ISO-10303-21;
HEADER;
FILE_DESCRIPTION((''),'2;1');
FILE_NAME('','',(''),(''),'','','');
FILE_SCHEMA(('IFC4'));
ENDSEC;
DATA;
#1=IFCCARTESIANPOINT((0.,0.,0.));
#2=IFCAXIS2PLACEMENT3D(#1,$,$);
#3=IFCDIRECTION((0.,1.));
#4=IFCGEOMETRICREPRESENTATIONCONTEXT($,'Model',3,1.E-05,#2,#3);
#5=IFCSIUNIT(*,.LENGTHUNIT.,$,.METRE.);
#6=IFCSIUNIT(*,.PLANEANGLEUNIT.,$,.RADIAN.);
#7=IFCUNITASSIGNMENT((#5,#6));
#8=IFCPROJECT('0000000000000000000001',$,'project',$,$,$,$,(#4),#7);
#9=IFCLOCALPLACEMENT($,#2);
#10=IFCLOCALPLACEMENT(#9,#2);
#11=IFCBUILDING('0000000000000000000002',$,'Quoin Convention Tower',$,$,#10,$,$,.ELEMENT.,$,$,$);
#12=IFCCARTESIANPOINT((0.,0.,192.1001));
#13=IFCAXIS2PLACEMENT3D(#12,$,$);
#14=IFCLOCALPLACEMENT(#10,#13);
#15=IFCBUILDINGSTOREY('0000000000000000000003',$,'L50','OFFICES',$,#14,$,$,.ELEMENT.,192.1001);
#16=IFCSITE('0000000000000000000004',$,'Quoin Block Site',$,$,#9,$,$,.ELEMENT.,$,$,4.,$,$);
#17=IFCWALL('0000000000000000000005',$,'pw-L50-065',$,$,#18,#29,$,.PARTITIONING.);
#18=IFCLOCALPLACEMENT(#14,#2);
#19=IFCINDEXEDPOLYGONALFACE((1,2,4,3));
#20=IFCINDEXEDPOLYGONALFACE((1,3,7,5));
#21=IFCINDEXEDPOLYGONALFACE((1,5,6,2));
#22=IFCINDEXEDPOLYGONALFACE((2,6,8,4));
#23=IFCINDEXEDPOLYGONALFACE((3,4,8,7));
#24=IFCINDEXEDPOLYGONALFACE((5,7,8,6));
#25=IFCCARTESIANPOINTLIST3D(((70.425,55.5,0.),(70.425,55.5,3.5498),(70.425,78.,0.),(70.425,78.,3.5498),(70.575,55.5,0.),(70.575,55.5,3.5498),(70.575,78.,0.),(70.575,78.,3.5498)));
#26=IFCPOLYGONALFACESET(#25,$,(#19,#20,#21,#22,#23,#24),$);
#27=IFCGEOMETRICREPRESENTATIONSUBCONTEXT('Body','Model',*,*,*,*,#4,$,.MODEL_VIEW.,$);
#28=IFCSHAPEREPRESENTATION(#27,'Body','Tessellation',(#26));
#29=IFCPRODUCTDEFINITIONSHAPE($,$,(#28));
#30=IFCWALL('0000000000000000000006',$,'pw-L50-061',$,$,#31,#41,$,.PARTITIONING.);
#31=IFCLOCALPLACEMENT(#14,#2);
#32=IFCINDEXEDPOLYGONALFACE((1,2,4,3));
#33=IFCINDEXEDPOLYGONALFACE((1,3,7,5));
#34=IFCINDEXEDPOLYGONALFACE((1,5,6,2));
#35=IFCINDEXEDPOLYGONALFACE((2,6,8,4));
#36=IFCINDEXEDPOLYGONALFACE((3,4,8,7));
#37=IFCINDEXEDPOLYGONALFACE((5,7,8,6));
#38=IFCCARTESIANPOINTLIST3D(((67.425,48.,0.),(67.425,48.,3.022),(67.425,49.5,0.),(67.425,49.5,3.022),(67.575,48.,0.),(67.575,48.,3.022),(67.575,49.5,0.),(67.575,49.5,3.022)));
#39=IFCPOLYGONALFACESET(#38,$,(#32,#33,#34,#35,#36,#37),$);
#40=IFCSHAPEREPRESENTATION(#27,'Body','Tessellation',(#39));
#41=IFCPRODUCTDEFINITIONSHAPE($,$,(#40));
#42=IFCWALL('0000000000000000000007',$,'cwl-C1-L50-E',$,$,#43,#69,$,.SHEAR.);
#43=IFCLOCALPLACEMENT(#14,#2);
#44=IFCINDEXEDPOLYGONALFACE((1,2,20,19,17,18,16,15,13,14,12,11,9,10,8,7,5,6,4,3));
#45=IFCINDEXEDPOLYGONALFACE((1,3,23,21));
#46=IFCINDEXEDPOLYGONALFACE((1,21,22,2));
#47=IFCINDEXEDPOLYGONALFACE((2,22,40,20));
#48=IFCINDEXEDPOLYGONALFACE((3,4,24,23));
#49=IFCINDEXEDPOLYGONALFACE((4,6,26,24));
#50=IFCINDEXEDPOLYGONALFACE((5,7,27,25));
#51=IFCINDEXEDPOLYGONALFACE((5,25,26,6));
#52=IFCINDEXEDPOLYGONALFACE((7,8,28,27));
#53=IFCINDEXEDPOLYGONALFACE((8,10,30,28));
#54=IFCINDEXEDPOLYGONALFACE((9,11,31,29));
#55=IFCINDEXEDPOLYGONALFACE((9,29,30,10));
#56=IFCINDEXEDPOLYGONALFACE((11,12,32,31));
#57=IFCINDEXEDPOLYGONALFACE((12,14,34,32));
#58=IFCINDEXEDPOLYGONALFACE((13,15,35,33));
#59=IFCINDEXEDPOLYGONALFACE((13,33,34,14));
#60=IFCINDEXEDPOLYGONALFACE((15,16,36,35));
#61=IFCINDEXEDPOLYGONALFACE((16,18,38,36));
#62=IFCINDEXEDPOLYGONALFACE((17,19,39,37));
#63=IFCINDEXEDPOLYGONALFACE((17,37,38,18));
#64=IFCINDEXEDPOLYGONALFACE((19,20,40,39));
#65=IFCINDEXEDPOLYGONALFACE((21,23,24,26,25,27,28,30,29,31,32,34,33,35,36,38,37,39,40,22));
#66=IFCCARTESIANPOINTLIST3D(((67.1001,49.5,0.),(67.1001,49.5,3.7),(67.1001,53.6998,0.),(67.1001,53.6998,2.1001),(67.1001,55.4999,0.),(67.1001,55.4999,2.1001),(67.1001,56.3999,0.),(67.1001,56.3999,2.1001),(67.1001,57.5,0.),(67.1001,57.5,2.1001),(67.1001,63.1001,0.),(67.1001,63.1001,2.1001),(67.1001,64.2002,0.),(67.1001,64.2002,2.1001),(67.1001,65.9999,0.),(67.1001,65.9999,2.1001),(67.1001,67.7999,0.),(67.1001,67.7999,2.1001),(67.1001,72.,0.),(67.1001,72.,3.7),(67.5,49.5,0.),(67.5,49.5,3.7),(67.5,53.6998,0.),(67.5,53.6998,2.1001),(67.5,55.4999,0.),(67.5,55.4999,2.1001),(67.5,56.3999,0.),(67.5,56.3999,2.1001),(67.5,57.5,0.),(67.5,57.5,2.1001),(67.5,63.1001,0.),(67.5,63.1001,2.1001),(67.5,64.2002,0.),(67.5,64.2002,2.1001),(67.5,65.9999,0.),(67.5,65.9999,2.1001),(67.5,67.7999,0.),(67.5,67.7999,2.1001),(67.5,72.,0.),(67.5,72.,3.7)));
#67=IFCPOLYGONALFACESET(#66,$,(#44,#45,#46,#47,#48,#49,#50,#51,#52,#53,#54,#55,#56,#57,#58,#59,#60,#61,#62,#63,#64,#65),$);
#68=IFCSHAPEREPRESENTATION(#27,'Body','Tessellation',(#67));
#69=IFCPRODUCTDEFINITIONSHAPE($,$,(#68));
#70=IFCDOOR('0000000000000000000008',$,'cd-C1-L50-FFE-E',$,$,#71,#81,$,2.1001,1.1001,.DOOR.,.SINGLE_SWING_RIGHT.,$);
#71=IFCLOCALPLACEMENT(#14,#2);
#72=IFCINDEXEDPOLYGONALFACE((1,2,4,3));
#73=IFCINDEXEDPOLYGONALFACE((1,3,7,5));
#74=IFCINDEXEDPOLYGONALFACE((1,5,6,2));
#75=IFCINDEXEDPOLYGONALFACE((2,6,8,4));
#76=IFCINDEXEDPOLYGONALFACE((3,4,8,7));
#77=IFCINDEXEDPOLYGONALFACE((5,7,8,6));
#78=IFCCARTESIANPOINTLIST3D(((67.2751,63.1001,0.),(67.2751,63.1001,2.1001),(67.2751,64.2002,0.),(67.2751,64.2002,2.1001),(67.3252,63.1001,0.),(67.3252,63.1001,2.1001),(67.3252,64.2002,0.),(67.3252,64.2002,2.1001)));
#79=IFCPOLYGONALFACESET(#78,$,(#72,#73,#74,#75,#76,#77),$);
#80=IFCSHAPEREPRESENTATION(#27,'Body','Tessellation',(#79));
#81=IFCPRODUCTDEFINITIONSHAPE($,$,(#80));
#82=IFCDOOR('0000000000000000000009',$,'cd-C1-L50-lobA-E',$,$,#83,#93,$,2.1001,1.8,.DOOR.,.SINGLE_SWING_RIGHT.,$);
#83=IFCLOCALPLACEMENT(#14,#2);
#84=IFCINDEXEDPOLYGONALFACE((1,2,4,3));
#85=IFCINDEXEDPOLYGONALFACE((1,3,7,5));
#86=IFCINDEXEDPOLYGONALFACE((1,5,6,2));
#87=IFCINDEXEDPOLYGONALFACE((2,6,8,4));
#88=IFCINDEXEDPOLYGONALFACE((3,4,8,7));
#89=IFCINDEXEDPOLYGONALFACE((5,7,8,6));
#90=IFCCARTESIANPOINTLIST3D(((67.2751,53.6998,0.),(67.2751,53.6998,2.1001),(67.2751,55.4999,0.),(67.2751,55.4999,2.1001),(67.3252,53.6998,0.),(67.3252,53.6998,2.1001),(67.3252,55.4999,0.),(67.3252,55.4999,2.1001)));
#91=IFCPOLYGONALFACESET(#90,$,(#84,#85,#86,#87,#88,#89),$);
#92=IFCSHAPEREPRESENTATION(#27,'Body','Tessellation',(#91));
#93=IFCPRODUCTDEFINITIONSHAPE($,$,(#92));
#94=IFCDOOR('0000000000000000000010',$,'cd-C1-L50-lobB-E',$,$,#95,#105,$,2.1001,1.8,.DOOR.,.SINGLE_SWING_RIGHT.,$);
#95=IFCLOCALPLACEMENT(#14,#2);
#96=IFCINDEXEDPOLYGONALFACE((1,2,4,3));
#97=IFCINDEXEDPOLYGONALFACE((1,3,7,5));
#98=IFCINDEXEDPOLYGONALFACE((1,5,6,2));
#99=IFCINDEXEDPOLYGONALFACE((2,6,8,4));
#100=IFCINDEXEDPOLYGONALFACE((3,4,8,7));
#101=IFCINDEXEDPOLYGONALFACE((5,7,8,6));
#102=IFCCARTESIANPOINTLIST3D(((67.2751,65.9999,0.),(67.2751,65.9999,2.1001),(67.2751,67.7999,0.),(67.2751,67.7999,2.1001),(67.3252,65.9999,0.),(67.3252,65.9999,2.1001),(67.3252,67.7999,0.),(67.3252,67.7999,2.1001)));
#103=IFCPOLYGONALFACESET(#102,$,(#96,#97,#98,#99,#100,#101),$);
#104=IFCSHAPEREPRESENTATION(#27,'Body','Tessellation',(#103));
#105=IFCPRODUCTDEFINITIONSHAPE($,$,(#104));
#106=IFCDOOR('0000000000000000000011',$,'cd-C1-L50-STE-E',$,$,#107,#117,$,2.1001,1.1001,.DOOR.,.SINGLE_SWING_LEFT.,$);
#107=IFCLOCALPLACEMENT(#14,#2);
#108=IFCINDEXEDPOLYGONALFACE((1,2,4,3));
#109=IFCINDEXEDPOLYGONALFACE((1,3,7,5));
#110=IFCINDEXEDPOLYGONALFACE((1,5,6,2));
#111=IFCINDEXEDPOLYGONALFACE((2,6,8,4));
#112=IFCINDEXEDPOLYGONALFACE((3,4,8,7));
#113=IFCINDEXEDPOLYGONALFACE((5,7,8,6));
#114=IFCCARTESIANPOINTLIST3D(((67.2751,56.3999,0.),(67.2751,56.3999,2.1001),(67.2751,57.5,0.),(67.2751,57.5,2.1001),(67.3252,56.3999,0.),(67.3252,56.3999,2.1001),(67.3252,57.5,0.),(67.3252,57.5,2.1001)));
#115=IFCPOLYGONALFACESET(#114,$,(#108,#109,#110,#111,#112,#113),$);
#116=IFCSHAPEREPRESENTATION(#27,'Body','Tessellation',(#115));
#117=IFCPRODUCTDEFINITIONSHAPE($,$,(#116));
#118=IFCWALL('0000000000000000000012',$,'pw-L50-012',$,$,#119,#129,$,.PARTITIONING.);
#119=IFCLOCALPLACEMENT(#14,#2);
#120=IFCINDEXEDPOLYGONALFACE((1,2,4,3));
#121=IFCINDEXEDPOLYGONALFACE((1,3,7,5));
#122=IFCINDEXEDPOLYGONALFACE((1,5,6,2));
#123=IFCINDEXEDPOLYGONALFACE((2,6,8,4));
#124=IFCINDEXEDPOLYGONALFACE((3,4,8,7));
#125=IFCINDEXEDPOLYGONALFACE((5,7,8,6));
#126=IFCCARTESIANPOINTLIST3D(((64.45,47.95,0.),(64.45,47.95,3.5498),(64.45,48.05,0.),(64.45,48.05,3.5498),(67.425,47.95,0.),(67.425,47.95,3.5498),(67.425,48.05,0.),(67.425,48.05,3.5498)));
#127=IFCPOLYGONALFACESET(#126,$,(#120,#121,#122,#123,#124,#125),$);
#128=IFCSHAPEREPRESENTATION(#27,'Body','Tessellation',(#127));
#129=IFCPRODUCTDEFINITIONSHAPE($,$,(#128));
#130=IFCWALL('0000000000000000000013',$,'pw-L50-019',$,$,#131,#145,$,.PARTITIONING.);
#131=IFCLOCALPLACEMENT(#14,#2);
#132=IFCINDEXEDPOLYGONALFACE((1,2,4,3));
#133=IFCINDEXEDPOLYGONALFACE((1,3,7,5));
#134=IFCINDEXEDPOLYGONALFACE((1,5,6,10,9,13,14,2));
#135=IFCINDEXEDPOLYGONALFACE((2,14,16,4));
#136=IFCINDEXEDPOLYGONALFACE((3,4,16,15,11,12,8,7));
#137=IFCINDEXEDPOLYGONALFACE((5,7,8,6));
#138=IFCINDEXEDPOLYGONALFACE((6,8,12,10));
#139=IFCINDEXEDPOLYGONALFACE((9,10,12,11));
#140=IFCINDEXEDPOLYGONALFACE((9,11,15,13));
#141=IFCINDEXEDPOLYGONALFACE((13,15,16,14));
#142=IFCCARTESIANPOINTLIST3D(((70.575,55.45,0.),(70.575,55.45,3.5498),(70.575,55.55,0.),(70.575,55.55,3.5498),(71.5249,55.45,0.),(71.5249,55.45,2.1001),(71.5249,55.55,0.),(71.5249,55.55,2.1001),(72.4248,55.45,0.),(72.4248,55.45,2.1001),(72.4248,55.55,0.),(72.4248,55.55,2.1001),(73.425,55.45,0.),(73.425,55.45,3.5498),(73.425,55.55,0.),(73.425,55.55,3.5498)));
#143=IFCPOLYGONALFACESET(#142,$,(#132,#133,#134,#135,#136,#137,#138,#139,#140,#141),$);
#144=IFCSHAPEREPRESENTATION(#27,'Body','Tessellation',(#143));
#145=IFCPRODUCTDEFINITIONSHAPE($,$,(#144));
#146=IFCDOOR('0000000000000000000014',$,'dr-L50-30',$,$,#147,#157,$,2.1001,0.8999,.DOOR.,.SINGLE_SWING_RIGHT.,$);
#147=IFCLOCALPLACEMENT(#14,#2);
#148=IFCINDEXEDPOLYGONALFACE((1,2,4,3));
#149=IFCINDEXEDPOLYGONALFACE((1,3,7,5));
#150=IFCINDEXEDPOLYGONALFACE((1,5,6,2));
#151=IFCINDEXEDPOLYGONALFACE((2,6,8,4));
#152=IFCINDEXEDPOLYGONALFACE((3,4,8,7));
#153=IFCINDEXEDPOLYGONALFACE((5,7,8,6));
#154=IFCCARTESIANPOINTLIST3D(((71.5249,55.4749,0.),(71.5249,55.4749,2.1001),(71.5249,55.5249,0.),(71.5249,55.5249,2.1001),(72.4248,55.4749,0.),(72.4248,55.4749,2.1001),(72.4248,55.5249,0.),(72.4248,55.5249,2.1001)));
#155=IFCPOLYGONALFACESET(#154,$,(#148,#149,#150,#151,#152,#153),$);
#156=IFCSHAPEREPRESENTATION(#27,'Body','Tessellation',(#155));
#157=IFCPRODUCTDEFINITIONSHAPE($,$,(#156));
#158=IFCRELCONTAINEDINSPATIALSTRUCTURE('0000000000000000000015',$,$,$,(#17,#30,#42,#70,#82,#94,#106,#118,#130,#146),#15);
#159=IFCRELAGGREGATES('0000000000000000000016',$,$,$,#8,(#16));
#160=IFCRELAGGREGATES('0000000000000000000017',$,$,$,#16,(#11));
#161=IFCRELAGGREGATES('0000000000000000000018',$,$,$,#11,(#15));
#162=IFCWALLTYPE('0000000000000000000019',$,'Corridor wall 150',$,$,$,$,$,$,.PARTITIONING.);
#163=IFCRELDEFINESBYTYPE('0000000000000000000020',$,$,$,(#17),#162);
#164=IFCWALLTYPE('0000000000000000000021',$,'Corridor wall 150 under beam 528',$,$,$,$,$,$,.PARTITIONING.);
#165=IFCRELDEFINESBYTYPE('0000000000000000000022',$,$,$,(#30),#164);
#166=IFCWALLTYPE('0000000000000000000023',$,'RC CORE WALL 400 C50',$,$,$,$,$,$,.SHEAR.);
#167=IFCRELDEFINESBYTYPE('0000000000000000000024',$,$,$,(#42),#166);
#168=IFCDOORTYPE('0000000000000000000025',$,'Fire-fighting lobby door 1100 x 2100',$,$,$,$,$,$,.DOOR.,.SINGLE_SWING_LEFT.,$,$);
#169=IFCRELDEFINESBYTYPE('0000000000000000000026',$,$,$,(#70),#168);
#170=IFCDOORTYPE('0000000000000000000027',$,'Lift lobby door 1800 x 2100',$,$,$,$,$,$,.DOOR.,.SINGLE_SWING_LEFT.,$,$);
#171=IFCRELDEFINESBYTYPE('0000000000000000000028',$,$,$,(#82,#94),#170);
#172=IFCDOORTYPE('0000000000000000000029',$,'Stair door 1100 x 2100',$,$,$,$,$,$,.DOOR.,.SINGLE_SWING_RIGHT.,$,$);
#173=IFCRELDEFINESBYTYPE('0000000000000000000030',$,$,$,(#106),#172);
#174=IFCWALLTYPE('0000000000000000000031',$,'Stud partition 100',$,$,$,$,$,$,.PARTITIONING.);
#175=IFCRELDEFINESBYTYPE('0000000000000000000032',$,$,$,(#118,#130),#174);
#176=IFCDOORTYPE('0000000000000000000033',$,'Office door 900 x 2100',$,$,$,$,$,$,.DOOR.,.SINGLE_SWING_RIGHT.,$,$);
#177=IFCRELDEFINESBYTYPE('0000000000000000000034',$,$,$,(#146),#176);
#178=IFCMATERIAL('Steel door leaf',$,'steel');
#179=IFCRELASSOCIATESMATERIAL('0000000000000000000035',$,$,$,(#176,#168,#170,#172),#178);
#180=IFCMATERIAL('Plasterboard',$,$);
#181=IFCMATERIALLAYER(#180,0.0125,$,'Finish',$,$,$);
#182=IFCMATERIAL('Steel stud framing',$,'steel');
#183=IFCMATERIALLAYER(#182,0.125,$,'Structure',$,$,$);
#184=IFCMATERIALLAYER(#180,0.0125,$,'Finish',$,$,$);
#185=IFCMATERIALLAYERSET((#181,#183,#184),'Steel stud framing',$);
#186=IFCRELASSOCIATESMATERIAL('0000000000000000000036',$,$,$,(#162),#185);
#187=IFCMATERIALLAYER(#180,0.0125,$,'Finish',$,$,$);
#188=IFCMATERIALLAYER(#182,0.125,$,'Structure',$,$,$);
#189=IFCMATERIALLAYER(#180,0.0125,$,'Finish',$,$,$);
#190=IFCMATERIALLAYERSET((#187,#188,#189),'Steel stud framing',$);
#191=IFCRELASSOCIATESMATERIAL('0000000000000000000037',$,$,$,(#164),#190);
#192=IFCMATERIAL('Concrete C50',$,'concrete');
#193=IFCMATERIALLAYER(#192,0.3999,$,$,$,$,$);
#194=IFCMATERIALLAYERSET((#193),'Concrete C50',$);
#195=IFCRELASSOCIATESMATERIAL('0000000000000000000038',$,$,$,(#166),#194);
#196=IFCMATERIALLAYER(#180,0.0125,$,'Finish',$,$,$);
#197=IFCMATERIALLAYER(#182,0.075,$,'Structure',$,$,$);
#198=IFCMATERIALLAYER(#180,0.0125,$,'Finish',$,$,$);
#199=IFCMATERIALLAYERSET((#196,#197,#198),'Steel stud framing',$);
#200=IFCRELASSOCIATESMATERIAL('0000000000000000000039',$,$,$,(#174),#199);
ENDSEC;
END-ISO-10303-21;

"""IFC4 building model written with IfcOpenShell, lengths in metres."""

from ifc_helpers import new_model, si_unit, direction, frame, frame_2d, origin, place, context, subcontext, project, spatial, rectangle, extrude, material, layer, layer_set, type_object, element, fill, save


model = new_model("IFC4")

# Units and contexts
model_context = context("Model", 3, precision=1e-05, world=origin(), true_north=direction((0.0, 1.0)))
body_context = subcontext(model_context, "Body", "Model", "MODEL_VIEW")
ifc_project = project(units=[si_unit("LENGTHUNIT", "METRE"), si_unit("PLANEANGLEUNIT", "RADIAN")], contexts=[model_context])

# Site, building, storey
site_placement = place(None, origin())
site = spatial("IfcSite", under=ifc_project, at=site_placement, Name="Quoin Block Site", CompositionType="ELEMENT", RefElevation=4.0)
building_placement = place(site_placement, origin())
building = spatial("IfcBuilding", under=site, at=building_placement, Name="Quoin Convention Tower", CompositionType="ELEMENT")
storey_placement = place(building_placement, frame((0.0, 0.0, 192.1001)))
storey = spatial("IfcBuildingStorey", under=building, at=storey_placement, Name="L50", Description="OFFICES", CompositionType="ELEMENT", Elevation=192.1001)

# Shared definitions
ifc_material_1 = material(Name="Concrete C50", Category="concrete")

# Shared definitions
ifc_material_2 = material(Name="Plasterboard")
ifc_material_3 = material(Name="Steel stud framing", Category="steel")
ifc_material_4 = material(Name="Steel door leaf", Category="steel")
door_type_1 = type_object("IfcDoorType", Name="Office door 900 x 2100", OperationType="SINGLE_SWING_RIGHT", PredefinedType="DOOR", material=ifc_material_4)

# Shared definitions
ifc_layer_1 = layer(ifc_material_2, 0.0125, Name="Finish")
ifc_layer_2 = layer(ifc_material_3, 0.125, Name="Structure")
ifc_layer_3 = layer(ifc_material_2, 0.0125, Name="Finish")
ifc_layer_set_1 = layer_set([ifc_layer_1, ifc_layer_2, ifc_layer_3], Name="Steel stud framing")
wall_type_1 = type_object("IfcWallType", Name="Corridor wall 150", PredefinedType="PARTITIONING", material=ifc_layer_set_1)

# Walls
wall_1_placement = place(storey_placement, frame((70.5, 55.5, 0.0), z_axis=(0.0, 0.0, 1.0), x_axis=(0.0, 1.0, 0.0)))
element("IfcWall", 1, at=wall_1_placement, inside=storey, type_object=wall_type_1, Name="pw-L50-065", PredefinedType="PARTITIONING", context=body_context, shape_type="SweptSolid", body=[
    extrude(rectangle(XDim=22.5, YDim=0.1499, at=frame_2d((11.25, 0.0))), origin(), (0.0, 0.0, 1.0), 3.5498),
])
ifc_layer_4 = layer(ifc_material_2, 0.0125, Name="Finish")
ifc_layer_5 = layer(ifc_material_3, 0.125, Name="Structure")
ifc_layer_6 = layer(ifc_material_2, 0.0125, Name="Finish")
ifc_layer_set_2 = layer_set([ifc_layer_4, ifc_layer_5, ifc_layer_6], Name="Steel stud framing")
wall_type_2 = type_object("IfcWallType", Name="Corridor wall 150 under beam 528", PredefinedType="PARTITIONING", material=ifc_layer_set_2)
wall_2_placement = place(storey_placement, frame((67.5, 48.0, 0.0), z_axis=(0.0, 0.0, 1.0), x_axis=(0.0, 1.0, 0.0)))
element("IfcWall", 2, at=wall_2_placement, inside=storey, type_object=wall_type_2, Name="pw-L50-061", PredefinedType="PARTITIONING", context=body_context, shape_type="SweptSolid", body=[
    extrude(rectangle(XDim=1.5, YDim=0.1499, at=frame_2d((0.75, 0.0))), origin(), (0.0, 0.0, 1.0), 3.022),
])

# Wall, openings, doors
ifc_layer_7 = layer(ifc_material_1, 0.3999)
ifc_layer_set_3 = layer_set([ifc_layer_7], Name="Concrete C50")
wall_type_3 = type_object("IfcWallType", Name="RC CORE WALL 400 C50", PredefinedType="SHEAR", material=ifc_layer_set_3)
wall_3_placement = place(storey_placement, frame((67.3, 49.5, 0.0), z_axis=(0.0, 0.0, 1.0), x_axis=(0.0, 1.0, 0.0)))
wall_3 = element("IfcWall", 3, at=wall_3_placement, inside=storey, type_object=wall_type_3, Name="cwl-C1-L50-E", PredefinedType="SHEAR", context=body_context, shape_type="SweptSolid", body=[
    extrude(rectangle(XDim=22.5, YDim=0.3999, at=frame_2d((11.25, 0.0))), origin(), (0.0, 0.0, 1.0), 3.7),
])
opening_1_placement = place(wall_3_placement, frame((4.2, 0.0, 0.0)))
opening_1 = element("IfcOpeningElement", 4, at=opening_1_placement, cuts=wall_3, PredefinedType="OPENING", context=body_context, shape_type="SweptSolid", body=[
    extrude(rectangle(XDim=1.8, YDim=2.1001, at=frame_2d((0.8999, 1.05))), frame((0.0, 0.21, 0.0), z_axis=(0.0, -1.0, 0.0), x_axis=(1.0, 0.0, 0.0)), (0.0, 0.0, 1.0), 0.4199),
])
opening_2_placement = place(wall_3_placement, frame((6.8999, 0.0, 0.0)))
opening_2 = element("IfcOpeningElement", 5, at=opening_2_placement, cuts=wall_3, PredefinedType="OPENING", context=body_context, shape_type="SweptSolid", body=[
    extrude(rectangle(XDim=1.1001, YDim=2.1001, at=frame_2d((0.55, 1.05))), frame((0.0, 0.21, 0.0), z_axis=(0.0, -1.0, 0.0), x_axis=(1.0, 0.0, 0.0)), (0.0, 0.0, 1.0), 0.4199),
])
opening_3_placement = place(wall_3_placement, frame((13.6001, 0.0, 0.0)))
opening_3 = element("IfcOpeningElement", 6, at=opening_3_placement, cuts=wall_3, PredefinedType="OPENING", context=body_context, shape_type="SweptSolid", body=[
    extrude(rectangle(XDim=1.1001, YDim=2.1001, at=frame_2d((0.55, 1.05))), frame((0.0, 0.21, 0.0), z_axis=(0.0, -1.0, 0.0), x_axis=(1.0, 0.0, 0.0)), (0.0, 0.0, 1.0), 0.4199),
])
opening_4_placement = place(wall_3_placement, frame((16.5, 0.0, 0.0)))
opening_4 = element("IfcOpeningElement", 7, at=opening_4_placement, cuts=wall_3, PredefinedType="OPENING", context=body_context, shape_type="SweptSolid", body=[
    extrude(rectangle(XDim=1.8, YDim=2.1001, at=frame_2d((0.8999, 1.05))), frame((0.0, 0.21, 0.0), z_axis=(0.0, -1.0, 0.0), x_axis=(1.0, 0.0, 0.0)), (0.0, 0.0, 1.0), 0.4199),
])
door_type_2 = type_object("IfcDoorType", Name="Fire-fighting lobby door 1100 x 2100", OperationType="SINGLE_SWING_LEFT", PredefinedType="DOOR", material=ifc_material_4)
door_1_placement = place(opening_3_placement, origin())
door_1 = element("IfcDoor", 8, at=door_1_placement, inside=storey, type_object=door_type_2, Name="cd-C1-L50-FFE-E", OperationType="SINGLE_SWING_RIGHT", OverallHeight=2.1001, OverallWidth=1.1001, PredefinedType="DOOR", context=body_context, shape_type="SweptSolid", body=[
    extrude(rectangle(XDim=1.1001, YDim=2.1001, at=frame_2d((0.55, 1.05))), frame((0.0, 0.0249, 0.0), z_axis=(0.0, -1.0, 0.0), x_axis=(1.0, 0.0, 0.0)), (0.0, 0.0, 1.0), 0.05),
])
fill(opening_3, door_1)
door_type_3 = type_object("IfcDoorType", Name="Lift lobby door 1800 x 2100", OperationType="SINGLE_SWING_LEFT", PredefinedType="DOOR", material=ifc_material_4)
door_2_placement = place(opening_1_placement, origin())
door_2 = element("IfcDoor", 9, at=door_2_placement, inside=storey, type_object=door_type_3, Name="cd-C1-L50-lobA-E", OperationType="SINGLE_SWING_RIGHT", OverallHeight=2.1001, OverallWidth=1.8, PredefinedType="DOOR", context=body_context, shape_type="SweptSolid", body=[
    extrude(rectangle(XDim=1.8, YDim=2.1001, at=frame_2d((0.8999, 1.05))), frame((0.0, 0.0249, 0.0), z_axis=(0.0, -1.0, 0.0), x_axis=(1.0, 0.0, 0.0)), (0.0, 0.0, 1.0), 0.05),
])
fill(opening_1, door_2)
door_3_placement = place(opening_4_placement, origin())
door_3 = element("IfcDoor", 10, at=door_3_placement, inside=storey, type_object=door_type_3, Name="cd-C1-L50-lobB-E", OperationType="SINGLE_SWING_RIGHT", OverallHeight=2.1001, OverallWidth=1.8, PredefinedType="DOOR", context=body_context, shape_type="SweptSolid", body=[
    extrude(rectangle(XDim=1.8, YDim=2.1001, at=frame_2d((0.8999, 1.05))), frame((0.0, 0.0249, 0.0), z_axis=(0.0, -1.0, 0.0), x_axis=(1.0, 0.0, 0.0)), (0.0, 0.0, 1.0), 0.05),
])
fill(opening_4, door_3)
door_type_4 = type_object("IfcDoorType", Name="Stair door 1100 x 2100", OperationType="SINGLE_SWING_RIGHT", PredefinedType="DOOR", material=ifc_material_4)
door_4_placement = place(opening_2_placement, origin())
door_4 = element("IfcDoor", 11, at=door_4_placement, inside=storey, type_object=door_type_4, Name="cd-C1-L50-STE-E", OperationType="SINGLE_SWING_LEFT", OverallHeight=2.1001, OverallWidth=1.1001, PredefinedType="DOOR", context=body_context, shape_type="SweptSolid", body=[
    extrude(rectangle(XDim=1.1001, YDim=2.1001, at=frame_2d((0.55, 1.05))), frame((0.0, 0.0249, 0.0), z_axis=(0.0, -1.0, 0.0), x_axis=(1.0, 0.0, 0.0)), (0.0, 0.0, 1.0), 0.05),
])
fill(opening_2, door_4)

# Wall
ifc_layer_8 = layer(ifc_material_2, 0.0125, Name="Finish")
ifc_layer_9 = layer(ifc_material_3, 0.075, Name="Structure")
ifc_layer_10 = layer(ifc_material_2, 0.0125, Name="Finish")
ifc_layer_set_4 = layer_set([ifc_layer_8, ifc_layer_9, ifc_layer_10], Name="Steel stud framing")
wall_type_4 = type_object("IfcWallType", Name="Stud partition 100", PredefinedType="PARTITIONING", material=ifc_layer_set_4)
wall_4_placement = place(storey_placement, frame((64.45, 48.0, 0.0), z_axis=(0.0, 0.0, 1.0), x_axis=(1.0, 0.0, 0.0)))
element("IfcWall", 12, at=wall_4_placement, inside=storey, type_object=wall_type_4, Name="pw-L50-012", PredefinedType="PARTITIONING", context=body_context, shape_type="SweptSolid", body=[
    extrude(rectangle(XDim=2.9751, YDim=0.1001, at=frame_2d((1.4875, 0.0))), origin(), (0.0, 0.0, 1.0), 3.5498),
])

# Wall, opening, door
wall_5_placement = place(storey_placement, frame((70.575, 55.5, 0.0), z_axis=(0.0, 0.0, 1.0), x_axis=(1.0, 0.0, 0.0)))
wall_5 = element("IfcWall", 13, at=wall_5_placement, inside=storey, type_object=wall_type_4, Name="pw-L50-019", PredefinedType="PARTITIONING", context=body_context, shape_type="SweptSolid", body=[
    extrude(rectangle(XDim=2.8501, YDim=0.1001, at=frame_2d((1.425, 0.0))), origin(), (0.0, 0.0, 1.0), 3.5498),
])
opening_5_placement = place(wall_5_placement, frame((0.95, 0.0, 0.0)))
opening_5 = element("IfcOpeningElement", 14, at=opening_5_placement, cuts=wall_5, PredefinedType="OPENING", context=body_context, shape_type="SweptSolid", body=[
    extrude(rectangle(XDim=0.8999, YDim=2.1001, at=frame_2d((0.45, 1.05))), frame((0.0, 0.0601, 0.0), z_axis=(0.0, -1.0, 0.0), x_axis=(1.0, 0.0, 0.0)), (0.0, 0.0, 1.0), 0.1201),
])
door_5_placement = place(opening_5_placement, origin())
door_5 = element("IfcDoor", 15, at=door_5_placement, inside=storey, type_object=door_type_1, Name="dr-L50-30", OperationType="SINGLE_SWING_RIGHT", OverallHeight=2.1001, OverallWidth=0.8999, PredefinedType="DOOR", context=body_context, shape_type="SweptSolid", body=[
    extrude(rectangle(XDim=0.8999, YDim=2.1001, at=frame_2d((0.45, 1.05))), frame((0.0, 0.0249, 0.0), z_axis=(0.0, -1.0, 0.0), x_axis=(1.0, 0.0, 0.0)), (0.0, 0.0, 1.0), 0.05),
])
fill(opening_5, door_5)

save(model, "model.ifc")
